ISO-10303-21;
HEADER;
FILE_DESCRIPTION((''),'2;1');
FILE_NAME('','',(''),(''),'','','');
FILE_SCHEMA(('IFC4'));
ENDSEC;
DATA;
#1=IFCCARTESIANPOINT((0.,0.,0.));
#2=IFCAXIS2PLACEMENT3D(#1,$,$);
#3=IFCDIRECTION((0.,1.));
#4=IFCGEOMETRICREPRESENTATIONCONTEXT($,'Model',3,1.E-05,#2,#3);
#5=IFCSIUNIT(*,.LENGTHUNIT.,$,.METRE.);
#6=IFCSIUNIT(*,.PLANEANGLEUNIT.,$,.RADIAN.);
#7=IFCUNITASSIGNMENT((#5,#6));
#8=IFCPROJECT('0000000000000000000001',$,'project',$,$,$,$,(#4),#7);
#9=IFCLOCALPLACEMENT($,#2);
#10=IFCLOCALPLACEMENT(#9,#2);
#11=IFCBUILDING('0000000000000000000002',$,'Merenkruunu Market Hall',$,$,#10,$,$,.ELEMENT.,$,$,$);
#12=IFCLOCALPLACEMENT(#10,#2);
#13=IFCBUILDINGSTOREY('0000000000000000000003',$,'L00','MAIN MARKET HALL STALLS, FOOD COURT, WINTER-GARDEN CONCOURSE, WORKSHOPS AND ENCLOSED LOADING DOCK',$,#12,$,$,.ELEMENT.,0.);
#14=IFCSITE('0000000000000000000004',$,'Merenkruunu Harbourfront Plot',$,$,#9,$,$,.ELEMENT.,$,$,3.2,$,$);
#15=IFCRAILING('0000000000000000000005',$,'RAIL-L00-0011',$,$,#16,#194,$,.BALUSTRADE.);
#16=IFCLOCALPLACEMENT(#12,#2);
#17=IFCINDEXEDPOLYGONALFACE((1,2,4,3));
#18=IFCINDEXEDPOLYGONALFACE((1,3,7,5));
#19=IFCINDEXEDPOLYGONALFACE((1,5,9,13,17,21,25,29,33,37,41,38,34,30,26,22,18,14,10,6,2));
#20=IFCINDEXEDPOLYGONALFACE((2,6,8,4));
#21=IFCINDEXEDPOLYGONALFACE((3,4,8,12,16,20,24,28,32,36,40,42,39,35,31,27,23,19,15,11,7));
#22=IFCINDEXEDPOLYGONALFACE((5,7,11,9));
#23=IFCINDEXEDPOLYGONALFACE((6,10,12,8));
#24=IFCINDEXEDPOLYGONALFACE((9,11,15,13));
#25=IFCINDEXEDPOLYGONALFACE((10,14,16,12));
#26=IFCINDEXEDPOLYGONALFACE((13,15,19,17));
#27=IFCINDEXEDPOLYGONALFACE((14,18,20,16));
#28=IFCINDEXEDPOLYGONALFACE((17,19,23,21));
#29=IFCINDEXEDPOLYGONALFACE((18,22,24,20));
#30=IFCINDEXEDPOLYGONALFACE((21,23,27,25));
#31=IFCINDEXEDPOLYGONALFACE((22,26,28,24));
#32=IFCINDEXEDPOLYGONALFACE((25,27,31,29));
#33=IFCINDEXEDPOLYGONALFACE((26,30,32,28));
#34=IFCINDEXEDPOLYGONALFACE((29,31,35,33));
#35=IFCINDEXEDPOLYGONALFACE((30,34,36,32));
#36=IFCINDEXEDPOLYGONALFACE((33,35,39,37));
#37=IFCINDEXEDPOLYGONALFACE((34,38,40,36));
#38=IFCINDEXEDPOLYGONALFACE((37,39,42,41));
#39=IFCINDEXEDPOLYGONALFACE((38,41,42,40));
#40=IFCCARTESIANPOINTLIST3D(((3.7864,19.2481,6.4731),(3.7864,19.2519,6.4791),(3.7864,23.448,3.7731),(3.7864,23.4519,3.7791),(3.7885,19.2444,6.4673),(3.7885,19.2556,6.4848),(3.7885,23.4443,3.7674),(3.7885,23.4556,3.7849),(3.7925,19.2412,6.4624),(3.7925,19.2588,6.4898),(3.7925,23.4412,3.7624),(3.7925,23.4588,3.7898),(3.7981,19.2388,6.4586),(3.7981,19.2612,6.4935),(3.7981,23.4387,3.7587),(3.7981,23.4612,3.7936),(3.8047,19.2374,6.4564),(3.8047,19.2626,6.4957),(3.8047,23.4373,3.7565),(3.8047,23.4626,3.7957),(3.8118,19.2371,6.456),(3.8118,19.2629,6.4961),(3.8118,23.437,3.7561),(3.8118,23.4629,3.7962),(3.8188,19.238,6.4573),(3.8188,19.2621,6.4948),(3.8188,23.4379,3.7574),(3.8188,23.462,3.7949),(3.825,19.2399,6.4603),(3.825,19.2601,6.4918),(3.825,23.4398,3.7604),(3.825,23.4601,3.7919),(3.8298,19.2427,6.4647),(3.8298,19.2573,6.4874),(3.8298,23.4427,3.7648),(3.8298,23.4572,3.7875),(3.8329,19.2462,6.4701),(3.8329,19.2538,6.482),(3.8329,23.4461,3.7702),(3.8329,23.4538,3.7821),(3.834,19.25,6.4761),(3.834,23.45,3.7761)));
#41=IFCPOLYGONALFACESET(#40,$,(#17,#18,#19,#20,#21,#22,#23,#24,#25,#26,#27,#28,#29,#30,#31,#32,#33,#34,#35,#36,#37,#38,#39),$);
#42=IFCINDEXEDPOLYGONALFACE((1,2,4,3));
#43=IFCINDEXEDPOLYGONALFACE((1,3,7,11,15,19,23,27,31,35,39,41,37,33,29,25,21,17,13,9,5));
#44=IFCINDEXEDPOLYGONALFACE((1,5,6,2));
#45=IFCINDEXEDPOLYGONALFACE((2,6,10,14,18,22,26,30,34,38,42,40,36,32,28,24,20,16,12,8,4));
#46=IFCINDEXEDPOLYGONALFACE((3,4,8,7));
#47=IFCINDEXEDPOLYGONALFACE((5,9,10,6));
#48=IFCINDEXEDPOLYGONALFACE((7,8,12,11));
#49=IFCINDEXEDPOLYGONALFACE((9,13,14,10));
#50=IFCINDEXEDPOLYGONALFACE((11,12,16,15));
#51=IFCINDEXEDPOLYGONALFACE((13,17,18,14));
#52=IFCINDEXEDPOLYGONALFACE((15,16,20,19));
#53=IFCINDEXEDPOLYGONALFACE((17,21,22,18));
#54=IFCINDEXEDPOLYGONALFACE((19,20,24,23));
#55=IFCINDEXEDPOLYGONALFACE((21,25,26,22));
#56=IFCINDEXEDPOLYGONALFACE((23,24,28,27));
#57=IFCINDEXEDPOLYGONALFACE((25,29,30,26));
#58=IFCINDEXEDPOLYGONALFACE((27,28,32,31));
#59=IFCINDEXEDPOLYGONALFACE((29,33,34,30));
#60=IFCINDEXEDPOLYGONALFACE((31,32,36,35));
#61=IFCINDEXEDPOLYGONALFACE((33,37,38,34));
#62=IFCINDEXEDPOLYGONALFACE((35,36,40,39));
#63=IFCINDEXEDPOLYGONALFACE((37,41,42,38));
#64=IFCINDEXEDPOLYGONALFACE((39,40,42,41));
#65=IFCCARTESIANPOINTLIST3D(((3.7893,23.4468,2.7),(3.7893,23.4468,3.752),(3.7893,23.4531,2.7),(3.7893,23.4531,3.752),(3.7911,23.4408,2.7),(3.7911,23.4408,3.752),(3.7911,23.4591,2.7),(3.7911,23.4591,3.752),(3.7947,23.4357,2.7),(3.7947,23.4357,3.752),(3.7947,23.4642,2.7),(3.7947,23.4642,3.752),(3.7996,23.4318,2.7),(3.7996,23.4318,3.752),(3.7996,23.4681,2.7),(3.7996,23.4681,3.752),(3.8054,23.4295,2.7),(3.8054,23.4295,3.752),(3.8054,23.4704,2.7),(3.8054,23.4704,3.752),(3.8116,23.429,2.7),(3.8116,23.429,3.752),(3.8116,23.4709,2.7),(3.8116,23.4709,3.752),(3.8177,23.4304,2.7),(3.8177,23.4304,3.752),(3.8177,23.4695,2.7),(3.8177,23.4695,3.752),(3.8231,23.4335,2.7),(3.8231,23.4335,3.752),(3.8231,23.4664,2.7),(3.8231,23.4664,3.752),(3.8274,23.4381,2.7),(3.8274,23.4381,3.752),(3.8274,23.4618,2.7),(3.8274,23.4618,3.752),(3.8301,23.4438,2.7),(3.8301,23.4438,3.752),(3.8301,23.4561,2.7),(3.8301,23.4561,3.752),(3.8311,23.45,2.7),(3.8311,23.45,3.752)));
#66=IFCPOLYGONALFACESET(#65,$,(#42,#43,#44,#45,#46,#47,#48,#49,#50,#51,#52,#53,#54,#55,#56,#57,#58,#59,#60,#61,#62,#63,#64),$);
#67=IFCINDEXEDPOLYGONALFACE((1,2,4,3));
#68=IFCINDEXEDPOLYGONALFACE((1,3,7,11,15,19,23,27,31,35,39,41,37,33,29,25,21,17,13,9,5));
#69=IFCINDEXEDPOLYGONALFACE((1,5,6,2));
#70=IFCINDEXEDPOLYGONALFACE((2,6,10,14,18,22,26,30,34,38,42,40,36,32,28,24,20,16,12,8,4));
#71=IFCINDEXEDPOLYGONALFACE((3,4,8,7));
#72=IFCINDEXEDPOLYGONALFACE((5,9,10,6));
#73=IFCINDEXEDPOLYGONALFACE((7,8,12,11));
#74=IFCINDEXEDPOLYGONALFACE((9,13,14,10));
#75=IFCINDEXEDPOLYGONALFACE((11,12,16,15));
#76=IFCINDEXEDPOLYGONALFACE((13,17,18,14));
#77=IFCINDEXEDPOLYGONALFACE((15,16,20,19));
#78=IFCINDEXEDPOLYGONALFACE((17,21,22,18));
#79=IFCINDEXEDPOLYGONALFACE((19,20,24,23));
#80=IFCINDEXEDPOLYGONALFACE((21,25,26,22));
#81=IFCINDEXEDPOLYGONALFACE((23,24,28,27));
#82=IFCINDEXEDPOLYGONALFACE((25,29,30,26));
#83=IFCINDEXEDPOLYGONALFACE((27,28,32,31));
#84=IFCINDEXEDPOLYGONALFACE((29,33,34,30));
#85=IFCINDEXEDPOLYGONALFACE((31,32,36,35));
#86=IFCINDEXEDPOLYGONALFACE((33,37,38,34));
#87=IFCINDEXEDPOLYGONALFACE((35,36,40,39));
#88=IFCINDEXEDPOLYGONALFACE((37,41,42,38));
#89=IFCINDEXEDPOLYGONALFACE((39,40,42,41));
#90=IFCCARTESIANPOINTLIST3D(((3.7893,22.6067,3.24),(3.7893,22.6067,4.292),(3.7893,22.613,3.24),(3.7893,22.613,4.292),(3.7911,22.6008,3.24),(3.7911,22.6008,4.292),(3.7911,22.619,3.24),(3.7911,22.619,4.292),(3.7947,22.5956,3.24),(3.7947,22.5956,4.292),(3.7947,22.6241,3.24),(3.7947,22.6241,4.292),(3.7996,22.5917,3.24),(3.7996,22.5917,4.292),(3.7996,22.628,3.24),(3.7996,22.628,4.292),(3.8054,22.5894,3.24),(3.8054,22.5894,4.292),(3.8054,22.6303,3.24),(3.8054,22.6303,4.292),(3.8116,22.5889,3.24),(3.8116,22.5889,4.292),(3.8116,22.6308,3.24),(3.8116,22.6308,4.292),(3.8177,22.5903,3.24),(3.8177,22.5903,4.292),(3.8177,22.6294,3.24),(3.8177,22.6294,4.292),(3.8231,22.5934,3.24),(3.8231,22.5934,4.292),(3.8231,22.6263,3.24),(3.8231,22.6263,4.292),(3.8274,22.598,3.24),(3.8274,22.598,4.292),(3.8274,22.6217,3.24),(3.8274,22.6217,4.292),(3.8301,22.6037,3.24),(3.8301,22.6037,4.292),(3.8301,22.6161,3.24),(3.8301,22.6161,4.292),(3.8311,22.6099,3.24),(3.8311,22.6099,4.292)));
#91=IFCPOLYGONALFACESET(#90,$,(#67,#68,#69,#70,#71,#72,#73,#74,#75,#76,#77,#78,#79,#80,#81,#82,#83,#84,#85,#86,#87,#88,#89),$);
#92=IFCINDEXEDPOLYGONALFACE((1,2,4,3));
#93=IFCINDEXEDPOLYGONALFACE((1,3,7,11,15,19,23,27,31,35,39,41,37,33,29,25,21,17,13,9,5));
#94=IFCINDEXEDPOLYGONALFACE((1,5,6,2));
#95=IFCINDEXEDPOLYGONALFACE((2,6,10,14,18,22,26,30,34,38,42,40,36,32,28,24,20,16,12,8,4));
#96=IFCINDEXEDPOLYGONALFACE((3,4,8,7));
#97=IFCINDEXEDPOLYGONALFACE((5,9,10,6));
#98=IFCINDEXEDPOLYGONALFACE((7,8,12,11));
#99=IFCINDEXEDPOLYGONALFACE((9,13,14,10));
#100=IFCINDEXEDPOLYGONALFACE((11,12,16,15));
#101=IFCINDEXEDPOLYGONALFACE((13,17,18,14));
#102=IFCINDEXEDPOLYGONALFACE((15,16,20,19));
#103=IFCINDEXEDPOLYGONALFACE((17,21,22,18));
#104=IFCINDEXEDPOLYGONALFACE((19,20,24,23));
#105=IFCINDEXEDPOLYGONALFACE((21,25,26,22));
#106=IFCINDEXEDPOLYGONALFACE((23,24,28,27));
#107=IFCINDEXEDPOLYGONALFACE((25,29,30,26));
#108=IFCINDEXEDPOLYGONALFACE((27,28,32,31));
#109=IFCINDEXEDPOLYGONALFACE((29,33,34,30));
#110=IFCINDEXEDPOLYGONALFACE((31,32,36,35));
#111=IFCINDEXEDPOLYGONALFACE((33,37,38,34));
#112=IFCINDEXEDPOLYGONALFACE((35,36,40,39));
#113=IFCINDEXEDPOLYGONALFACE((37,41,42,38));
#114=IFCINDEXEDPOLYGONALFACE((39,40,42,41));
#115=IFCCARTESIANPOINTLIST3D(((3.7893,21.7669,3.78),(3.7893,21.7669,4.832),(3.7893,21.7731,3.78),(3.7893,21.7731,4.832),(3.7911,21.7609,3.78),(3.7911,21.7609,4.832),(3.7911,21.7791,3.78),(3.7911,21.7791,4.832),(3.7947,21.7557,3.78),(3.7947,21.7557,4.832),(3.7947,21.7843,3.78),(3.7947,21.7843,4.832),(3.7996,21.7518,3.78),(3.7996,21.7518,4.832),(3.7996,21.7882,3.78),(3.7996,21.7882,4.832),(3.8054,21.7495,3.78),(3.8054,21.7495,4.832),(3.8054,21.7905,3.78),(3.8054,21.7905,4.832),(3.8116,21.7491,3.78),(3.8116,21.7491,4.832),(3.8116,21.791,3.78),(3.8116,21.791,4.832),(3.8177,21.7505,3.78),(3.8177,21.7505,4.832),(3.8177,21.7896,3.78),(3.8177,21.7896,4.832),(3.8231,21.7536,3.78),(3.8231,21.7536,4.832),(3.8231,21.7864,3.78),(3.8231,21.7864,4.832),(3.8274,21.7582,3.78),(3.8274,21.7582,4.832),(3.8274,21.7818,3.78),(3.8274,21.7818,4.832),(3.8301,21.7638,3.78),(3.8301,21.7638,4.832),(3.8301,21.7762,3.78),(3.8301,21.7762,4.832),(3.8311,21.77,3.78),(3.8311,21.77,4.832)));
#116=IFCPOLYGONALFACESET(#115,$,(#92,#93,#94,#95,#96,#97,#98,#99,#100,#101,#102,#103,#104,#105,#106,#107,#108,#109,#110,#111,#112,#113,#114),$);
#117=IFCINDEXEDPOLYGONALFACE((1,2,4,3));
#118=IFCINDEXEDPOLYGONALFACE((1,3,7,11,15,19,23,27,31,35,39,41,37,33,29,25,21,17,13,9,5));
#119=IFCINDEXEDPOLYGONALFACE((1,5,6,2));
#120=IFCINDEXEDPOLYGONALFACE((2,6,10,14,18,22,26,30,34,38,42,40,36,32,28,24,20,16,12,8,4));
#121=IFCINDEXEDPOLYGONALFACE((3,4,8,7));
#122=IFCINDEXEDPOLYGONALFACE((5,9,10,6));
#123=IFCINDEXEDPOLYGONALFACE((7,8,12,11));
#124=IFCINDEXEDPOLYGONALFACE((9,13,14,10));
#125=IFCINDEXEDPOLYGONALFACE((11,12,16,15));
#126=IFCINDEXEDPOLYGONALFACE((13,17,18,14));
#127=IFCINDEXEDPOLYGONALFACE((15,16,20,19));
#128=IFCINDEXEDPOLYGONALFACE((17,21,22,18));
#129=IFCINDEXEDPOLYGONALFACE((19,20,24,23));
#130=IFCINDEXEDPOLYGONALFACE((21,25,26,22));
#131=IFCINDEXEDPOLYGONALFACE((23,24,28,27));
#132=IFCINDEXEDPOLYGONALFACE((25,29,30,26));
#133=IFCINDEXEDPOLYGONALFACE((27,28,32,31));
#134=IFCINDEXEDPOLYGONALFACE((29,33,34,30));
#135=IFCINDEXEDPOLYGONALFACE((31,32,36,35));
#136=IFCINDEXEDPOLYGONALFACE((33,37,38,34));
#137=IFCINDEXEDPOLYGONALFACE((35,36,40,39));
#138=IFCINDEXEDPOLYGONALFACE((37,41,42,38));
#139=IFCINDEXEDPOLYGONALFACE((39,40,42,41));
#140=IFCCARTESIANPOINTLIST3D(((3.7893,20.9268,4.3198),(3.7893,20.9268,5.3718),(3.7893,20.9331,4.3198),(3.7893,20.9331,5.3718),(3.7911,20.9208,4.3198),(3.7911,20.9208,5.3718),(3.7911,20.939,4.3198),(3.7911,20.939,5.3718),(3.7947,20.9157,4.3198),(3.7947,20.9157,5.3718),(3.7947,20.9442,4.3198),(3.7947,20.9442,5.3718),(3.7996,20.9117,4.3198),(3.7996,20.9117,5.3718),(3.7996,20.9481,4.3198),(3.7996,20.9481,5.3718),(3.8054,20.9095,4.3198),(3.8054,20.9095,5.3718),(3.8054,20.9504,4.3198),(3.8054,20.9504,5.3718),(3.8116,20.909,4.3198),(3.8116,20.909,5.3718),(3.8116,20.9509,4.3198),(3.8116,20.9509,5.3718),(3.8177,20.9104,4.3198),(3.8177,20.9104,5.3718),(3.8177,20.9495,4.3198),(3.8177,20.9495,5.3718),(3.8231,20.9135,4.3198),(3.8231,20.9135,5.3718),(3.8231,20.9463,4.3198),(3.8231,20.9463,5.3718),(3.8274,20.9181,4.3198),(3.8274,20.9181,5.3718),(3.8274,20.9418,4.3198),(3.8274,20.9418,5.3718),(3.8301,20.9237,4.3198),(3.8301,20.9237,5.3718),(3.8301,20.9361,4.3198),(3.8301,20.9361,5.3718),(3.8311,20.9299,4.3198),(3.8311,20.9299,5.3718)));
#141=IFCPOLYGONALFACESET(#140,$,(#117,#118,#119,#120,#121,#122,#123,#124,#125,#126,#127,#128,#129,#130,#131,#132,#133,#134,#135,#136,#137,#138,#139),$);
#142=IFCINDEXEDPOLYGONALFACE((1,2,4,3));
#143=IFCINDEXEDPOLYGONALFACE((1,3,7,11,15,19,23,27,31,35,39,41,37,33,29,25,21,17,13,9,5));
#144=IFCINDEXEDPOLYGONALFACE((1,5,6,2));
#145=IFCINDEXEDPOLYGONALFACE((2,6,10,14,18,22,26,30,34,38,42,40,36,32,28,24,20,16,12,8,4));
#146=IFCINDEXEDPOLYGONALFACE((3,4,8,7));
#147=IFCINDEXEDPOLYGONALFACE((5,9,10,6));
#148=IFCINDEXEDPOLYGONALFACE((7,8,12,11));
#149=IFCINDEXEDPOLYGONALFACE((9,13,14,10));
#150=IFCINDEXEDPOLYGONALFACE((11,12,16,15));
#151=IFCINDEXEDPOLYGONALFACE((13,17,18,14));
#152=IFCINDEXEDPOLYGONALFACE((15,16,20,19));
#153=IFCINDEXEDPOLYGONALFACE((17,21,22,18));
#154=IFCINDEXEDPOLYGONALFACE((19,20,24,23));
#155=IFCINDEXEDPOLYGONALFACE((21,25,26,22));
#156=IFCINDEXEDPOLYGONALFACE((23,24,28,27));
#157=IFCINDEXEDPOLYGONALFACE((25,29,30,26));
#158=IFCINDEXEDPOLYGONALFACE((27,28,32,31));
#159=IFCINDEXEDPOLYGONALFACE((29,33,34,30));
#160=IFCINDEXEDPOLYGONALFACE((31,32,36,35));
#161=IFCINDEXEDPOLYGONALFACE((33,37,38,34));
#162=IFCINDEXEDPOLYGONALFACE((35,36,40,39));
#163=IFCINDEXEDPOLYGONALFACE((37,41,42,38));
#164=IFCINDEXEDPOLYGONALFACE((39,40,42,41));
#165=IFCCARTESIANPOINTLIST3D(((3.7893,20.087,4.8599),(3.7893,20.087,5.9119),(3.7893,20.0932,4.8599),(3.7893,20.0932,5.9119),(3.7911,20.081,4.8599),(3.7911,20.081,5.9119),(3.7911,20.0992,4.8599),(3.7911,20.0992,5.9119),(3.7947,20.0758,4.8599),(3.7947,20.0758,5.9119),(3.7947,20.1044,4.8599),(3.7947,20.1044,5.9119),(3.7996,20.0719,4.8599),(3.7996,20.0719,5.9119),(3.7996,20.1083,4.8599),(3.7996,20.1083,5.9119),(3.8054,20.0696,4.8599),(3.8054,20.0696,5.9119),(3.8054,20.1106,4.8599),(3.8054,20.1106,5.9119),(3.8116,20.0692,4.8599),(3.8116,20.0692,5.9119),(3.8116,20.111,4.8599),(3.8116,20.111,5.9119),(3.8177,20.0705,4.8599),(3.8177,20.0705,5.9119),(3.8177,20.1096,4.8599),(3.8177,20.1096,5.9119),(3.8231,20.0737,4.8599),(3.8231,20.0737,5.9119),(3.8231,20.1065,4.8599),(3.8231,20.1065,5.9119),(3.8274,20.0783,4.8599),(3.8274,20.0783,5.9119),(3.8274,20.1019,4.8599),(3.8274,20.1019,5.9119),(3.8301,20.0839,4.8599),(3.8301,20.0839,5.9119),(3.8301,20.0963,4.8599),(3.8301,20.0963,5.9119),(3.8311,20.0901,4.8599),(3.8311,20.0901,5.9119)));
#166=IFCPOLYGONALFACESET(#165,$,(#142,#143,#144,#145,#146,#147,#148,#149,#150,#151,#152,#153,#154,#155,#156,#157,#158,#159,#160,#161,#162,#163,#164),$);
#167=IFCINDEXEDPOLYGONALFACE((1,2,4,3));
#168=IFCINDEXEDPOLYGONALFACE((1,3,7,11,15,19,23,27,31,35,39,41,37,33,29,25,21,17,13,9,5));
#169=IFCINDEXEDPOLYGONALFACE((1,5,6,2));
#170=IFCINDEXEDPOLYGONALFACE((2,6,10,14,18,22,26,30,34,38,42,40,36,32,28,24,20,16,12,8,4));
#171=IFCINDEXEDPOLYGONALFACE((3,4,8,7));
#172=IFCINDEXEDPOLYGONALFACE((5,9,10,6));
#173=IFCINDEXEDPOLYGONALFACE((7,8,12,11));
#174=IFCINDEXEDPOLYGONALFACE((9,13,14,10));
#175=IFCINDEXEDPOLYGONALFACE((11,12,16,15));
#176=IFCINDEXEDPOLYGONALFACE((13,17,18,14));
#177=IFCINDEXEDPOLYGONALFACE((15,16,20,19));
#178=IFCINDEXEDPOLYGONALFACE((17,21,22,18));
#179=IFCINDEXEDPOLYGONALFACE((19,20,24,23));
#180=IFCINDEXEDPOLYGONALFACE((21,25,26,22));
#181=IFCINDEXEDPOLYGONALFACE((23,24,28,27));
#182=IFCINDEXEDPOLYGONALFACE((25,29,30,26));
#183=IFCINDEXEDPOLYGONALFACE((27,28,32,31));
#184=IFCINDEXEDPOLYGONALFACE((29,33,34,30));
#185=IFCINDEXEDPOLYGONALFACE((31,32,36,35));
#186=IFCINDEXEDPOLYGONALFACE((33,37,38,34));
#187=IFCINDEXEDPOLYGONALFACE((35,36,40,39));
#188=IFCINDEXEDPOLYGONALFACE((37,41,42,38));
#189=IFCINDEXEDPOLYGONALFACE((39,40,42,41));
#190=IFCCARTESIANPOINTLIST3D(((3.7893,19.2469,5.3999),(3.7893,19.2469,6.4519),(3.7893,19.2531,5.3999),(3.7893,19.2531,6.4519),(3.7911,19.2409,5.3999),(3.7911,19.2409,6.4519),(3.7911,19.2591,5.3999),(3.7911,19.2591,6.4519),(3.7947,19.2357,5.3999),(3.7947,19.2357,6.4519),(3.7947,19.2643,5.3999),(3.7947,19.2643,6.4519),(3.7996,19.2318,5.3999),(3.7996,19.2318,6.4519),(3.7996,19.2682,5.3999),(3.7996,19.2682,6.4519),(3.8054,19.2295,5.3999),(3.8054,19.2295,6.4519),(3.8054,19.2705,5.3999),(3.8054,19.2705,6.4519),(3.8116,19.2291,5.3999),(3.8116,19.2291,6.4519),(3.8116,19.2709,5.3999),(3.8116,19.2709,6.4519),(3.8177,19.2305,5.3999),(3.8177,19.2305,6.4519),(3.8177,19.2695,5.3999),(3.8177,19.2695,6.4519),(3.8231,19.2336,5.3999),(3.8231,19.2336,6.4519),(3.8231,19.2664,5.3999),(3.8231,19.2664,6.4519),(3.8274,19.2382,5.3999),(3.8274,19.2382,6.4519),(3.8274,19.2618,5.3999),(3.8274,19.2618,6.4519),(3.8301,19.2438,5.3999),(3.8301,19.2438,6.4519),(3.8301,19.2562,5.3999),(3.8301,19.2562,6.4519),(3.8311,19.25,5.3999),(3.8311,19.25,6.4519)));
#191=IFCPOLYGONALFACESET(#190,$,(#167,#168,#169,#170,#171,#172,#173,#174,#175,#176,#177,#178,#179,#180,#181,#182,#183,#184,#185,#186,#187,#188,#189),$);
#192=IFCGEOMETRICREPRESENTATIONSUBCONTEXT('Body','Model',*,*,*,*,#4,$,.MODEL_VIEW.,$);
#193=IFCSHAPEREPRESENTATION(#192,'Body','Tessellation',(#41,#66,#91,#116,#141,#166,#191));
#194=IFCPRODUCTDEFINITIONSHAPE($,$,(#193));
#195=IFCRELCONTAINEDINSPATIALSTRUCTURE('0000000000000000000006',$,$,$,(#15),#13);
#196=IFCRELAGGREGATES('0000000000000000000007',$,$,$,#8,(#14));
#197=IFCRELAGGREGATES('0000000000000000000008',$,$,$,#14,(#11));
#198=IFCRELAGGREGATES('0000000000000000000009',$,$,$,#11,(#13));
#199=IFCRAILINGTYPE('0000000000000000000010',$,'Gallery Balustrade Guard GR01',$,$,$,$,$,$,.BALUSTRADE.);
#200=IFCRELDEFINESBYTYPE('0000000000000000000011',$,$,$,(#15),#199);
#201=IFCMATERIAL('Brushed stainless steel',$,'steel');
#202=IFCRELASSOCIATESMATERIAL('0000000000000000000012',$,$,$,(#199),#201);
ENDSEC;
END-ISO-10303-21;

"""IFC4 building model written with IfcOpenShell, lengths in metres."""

from ifc_helpers import new_model, si_unit, direction, frame, origin, origin_2d, place, context, subcontext, project, spatial, circle, extrude, material, type_object, element, save


model = new_model("IFC4")

# Units and contexts
model_context = context("Model", 3, precision=1e-05, world=origin(), true_north=direction((0.0, 1.0)))
body_context = subcontext(model_context, "Body", "Model", "MODEL_VIEW")
ifc_project = project(units=[si_unit("LENGTHUNIT", "METRE"), si_unit("PLANEANGLEUNIT", "RADIAN")], contexts=[model_context])

# Site, building, storey
site_placement = place(None, origin())
site = spatial("IfcSite", under=ifc_project, at=site_placement, Name="Merenkruunu Harbourfront Plot", CompositionType="ELEMENT", RefElevation=3.2)
building_placement = place(site_placement, origin())
building = spatial("IfcBuilding", under=site, at=building_placement, Name="Merenkruunu Market Hall", CompositionType="ELEMENT")
storey_placement = place(building_placement, origin())
storey = spatial("IfcBuildingStorey", under=building, at=storey_placement, Name="L00", Description="MAIN MARKET HALL STALLS, FOOD COURT, WINTER-GARDEN CONCOURSE, WORKSHOPS AND ENCLOSED LOADING DOCK", CompositionType="ELEMENT", Elevation=0.0)

# Railing
ifc_material_1 = material(Name="Brushed stainless steel", Category="steel")
railing_type_1 = type_object("IfcRailingType", Name="Gallery Balustrade Guard GR01", PredefinedType="BALUSTRADE", material=ifc_material_1)
railing_1_placement = place(storey_placement, frame((3.8101, 23.45, 2.7)))
element("IfcRailing", 1, at=railing_1_placement, inside=storey, type_object=railing_type_1, Name="RAIL-L00-0011", PredefinedType="BALUSTRADE", context=body_context, shape_type="SweptSolid", body=[
    extrude(circle(Radius=0.0239, at=origin_2d()), frame((0.0, 0.0, 1.0762), z_axis=(0.0, -0.84118, 0.540755), x_axis=(1.0, 0.0, 0.0)), (0.0, 0.0, 1.0), 4.9929),
    extrude(circle(Radius=0.021, at=origin_2d()), origin(), (0.0, 0.0, 1.0), 1.052),
    extrude(circle(Radius=0.021, at=origin_2d()), frame((0.0, -0.8401, 0.54)), (0.0, 0.0, 1.0), 1.052),
    extrude(circle(Radius=0.021, at=origin_2d()), frame((0.0, -1.6799, 1.0801)), (0.0, 0.0, 1.0), 1.052),
    extrude(circle(Radius=0.021, at=origin_2d()), frame((0.0, -2.52, 1.6199)), (0.0, 0.0, 1.0), 1.052),
    extrude(circle(Radius=0.021, at=origin_2d()), frame((0.0, -3.3599, 2.1599)), (0.0, 0.0, 1.0), 1.052),
    extrude(circle(Radius=0.021, at=origin_2d()), frame((0.0, -4.2, 2.7)), (0.0, 0.0, 1.0), 1.052),
])

save(model, "model.ifc")
